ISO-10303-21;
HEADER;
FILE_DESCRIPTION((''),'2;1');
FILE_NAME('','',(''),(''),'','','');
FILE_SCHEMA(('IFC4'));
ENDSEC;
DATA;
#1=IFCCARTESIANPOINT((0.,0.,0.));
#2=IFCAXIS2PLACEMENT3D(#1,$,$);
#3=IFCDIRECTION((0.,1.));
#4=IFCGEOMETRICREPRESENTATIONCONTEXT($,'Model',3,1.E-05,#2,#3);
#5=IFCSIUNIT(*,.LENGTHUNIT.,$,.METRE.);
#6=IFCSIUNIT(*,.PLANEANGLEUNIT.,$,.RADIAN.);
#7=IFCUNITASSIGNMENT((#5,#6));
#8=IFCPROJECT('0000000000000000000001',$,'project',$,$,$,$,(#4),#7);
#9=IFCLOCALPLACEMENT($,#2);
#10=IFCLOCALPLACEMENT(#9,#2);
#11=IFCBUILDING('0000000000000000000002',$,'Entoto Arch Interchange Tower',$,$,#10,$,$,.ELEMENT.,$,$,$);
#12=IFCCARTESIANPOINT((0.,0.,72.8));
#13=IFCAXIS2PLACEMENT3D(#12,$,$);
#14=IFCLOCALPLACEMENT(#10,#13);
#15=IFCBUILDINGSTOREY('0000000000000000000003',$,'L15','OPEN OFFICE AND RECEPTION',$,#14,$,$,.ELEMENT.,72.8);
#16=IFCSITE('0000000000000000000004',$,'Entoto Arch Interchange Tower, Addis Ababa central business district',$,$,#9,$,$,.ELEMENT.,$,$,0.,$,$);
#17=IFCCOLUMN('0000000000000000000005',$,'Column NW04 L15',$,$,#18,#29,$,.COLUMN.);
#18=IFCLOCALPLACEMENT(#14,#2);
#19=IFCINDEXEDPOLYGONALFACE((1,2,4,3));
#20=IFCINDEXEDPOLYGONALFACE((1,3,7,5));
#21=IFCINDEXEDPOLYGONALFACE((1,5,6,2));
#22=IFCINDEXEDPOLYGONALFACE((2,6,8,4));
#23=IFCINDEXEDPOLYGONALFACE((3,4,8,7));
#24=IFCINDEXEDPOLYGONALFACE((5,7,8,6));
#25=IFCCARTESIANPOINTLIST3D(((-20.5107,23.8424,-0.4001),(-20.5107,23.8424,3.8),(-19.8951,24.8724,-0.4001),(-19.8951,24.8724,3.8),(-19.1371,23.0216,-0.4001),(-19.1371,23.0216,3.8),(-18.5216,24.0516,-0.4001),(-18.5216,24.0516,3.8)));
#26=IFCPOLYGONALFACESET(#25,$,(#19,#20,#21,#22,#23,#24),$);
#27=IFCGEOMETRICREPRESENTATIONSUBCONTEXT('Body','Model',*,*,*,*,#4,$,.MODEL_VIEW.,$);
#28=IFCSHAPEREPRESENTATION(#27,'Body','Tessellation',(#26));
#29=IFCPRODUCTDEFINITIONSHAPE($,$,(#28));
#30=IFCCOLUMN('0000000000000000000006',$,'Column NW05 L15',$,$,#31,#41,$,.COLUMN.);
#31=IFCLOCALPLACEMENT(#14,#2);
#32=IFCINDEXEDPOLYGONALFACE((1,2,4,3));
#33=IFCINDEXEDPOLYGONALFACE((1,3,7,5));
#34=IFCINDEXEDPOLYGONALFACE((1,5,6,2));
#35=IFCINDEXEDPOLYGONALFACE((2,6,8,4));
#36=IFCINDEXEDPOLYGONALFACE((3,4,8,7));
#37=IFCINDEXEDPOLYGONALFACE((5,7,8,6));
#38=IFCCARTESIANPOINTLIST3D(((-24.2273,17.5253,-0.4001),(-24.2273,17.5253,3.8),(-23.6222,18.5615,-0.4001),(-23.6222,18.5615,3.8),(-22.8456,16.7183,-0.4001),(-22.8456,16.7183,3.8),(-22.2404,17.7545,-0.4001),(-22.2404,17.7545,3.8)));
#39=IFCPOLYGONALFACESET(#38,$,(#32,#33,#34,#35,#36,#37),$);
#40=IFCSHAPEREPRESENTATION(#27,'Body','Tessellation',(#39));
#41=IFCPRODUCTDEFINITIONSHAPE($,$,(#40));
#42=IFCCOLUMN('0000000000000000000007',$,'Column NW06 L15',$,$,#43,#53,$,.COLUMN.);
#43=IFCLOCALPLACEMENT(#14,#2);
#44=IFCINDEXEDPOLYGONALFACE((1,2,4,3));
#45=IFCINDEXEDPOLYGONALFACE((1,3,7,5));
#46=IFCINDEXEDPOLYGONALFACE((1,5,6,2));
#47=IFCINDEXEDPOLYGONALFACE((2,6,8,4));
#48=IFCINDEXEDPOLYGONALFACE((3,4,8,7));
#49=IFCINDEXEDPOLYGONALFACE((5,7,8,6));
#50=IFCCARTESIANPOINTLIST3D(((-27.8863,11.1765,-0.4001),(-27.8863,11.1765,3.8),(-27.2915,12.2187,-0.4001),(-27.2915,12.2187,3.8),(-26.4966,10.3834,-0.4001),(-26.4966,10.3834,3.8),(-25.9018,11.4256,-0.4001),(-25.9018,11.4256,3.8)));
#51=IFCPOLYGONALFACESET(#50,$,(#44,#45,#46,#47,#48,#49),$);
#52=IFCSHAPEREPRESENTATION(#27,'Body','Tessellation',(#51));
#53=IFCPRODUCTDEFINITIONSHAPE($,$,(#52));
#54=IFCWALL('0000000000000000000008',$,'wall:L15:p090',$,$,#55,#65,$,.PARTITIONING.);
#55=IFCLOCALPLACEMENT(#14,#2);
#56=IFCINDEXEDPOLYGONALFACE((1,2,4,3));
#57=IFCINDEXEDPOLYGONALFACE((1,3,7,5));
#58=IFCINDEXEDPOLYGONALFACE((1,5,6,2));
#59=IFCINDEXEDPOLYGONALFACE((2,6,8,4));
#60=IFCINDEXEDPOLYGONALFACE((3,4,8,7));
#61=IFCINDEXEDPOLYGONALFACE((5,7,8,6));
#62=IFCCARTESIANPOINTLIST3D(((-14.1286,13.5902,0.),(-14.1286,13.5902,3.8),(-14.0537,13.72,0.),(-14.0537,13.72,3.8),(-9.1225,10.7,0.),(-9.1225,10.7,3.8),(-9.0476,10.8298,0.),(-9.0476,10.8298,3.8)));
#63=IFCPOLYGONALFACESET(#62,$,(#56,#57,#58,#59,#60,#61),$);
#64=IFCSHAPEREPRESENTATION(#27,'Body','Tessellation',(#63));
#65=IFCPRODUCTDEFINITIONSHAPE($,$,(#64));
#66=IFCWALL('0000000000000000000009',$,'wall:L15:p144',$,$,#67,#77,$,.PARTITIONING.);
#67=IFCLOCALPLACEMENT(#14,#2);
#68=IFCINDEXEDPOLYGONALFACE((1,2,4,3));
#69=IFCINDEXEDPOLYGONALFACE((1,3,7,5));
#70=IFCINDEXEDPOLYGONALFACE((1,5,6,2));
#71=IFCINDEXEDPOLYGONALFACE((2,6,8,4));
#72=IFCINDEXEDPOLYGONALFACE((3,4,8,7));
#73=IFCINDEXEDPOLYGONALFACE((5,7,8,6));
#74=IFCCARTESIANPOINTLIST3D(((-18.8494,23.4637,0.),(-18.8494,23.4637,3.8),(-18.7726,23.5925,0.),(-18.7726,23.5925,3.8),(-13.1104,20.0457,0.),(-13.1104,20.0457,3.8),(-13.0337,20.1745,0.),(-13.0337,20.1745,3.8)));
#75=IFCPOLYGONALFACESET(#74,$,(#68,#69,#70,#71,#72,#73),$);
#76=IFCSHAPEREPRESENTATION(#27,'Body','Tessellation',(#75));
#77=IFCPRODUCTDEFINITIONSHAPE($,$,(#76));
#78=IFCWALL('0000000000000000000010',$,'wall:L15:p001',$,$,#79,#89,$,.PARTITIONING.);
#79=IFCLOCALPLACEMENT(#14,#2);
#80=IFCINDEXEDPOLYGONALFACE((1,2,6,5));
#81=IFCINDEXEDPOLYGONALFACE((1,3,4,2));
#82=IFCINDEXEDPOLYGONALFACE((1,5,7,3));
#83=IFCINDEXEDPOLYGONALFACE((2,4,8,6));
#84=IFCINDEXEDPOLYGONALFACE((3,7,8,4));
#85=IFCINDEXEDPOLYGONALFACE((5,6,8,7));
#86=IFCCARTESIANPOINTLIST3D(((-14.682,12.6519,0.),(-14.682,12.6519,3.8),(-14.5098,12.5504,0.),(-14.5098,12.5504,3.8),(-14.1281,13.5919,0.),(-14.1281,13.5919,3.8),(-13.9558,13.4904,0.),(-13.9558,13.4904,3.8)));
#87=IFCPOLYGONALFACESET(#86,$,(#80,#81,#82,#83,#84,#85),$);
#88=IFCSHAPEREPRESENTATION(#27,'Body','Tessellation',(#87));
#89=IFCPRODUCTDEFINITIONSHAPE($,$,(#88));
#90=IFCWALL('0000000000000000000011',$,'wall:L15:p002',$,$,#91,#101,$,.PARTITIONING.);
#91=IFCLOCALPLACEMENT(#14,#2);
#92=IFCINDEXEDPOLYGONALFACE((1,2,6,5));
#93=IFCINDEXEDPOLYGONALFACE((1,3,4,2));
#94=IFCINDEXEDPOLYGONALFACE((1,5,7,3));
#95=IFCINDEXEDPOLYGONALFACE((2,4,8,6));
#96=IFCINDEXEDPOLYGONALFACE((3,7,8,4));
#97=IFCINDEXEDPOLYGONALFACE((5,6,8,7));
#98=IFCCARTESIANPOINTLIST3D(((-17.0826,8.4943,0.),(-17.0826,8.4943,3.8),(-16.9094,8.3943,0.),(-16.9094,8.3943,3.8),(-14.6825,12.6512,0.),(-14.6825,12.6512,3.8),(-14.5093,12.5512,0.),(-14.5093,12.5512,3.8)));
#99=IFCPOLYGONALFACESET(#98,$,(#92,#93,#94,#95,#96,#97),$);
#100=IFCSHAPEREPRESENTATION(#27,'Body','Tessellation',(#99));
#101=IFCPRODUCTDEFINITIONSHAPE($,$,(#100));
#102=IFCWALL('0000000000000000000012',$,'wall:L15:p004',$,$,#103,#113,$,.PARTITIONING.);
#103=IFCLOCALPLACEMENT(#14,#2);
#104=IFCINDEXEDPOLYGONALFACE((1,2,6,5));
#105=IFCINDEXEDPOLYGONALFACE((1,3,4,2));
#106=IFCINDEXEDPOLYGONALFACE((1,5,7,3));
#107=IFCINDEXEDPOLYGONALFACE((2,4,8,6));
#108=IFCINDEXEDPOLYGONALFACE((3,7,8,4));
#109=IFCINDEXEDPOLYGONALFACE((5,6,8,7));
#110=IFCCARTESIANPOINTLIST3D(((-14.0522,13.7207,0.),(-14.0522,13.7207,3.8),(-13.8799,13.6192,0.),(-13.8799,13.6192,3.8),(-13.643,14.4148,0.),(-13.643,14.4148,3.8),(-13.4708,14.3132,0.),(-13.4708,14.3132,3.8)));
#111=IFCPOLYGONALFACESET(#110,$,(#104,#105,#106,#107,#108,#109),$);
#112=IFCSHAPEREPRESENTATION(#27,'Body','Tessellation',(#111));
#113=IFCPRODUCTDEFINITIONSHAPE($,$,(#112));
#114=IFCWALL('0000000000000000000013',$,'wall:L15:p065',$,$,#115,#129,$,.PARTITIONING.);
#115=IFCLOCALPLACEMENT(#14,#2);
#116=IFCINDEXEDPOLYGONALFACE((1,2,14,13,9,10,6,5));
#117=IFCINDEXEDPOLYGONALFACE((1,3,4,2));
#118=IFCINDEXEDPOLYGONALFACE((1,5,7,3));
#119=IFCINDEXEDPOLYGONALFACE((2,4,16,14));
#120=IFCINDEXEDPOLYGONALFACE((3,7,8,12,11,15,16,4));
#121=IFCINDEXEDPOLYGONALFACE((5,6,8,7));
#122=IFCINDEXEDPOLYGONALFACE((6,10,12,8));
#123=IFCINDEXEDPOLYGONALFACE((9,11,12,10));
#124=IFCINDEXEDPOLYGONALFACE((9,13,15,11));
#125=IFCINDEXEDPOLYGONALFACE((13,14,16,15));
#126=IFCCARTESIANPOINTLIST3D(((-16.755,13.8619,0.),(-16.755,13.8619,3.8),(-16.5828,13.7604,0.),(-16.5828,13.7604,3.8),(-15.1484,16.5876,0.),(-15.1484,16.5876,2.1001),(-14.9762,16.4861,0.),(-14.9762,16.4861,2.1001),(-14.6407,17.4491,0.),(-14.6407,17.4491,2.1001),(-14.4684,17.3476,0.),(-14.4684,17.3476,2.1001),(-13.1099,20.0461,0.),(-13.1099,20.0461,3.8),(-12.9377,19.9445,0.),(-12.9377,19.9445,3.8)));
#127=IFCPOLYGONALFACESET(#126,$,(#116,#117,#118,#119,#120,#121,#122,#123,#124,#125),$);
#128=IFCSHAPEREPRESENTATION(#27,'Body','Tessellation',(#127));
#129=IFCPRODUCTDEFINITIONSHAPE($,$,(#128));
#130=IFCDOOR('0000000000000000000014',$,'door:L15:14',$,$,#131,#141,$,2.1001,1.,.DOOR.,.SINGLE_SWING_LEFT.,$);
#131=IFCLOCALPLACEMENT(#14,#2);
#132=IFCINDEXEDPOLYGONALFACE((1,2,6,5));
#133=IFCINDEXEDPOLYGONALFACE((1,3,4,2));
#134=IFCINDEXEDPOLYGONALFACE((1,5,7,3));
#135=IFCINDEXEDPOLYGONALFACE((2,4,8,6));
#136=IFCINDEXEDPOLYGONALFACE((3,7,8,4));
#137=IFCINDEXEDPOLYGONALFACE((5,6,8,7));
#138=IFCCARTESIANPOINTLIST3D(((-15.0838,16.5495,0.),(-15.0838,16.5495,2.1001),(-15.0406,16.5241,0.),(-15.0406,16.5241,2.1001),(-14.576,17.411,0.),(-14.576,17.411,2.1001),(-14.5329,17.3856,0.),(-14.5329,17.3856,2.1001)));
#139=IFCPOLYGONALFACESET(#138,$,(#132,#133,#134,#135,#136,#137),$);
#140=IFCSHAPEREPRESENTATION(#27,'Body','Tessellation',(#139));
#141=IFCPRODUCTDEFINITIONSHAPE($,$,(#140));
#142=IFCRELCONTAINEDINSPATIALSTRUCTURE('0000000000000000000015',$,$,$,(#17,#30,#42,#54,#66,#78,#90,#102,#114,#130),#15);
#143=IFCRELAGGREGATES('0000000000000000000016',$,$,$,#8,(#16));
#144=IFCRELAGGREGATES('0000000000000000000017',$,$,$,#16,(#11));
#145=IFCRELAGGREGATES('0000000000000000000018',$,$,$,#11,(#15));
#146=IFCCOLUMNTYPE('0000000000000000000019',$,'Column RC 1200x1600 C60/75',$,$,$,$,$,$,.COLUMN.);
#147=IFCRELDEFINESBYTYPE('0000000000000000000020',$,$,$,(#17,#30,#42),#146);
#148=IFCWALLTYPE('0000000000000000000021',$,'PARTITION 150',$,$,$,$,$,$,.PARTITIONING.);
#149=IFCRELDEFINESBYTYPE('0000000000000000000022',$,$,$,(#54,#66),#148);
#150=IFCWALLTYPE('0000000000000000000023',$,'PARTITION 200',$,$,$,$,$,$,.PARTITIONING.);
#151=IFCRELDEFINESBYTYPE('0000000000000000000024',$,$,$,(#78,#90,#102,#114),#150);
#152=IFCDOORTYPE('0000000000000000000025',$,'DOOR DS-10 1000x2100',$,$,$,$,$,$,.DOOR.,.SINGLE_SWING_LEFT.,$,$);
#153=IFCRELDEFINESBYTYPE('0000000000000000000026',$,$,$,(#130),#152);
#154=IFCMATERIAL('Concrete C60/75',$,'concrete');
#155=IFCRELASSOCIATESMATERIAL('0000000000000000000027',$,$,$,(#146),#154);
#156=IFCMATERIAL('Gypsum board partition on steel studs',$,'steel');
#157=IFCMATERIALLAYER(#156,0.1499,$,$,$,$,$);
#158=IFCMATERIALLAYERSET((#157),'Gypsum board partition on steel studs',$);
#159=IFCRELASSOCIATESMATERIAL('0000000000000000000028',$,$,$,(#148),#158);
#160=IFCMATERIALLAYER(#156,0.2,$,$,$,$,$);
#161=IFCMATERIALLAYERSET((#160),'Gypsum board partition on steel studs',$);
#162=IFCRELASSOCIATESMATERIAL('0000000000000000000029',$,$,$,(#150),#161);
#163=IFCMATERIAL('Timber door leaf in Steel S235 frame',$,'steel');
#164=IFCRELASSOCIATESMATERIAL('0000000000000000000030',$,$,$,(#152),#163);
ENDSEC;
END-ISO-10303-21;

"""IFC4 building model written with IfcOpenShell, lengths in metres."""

from ifc_helpers import new_model, si_unit, direction, frame, frame_2d, origin, origin_2d, place, context, subcontext, project, spatial, rectangle, extrude, material, layer, layer_set, material_profile, profile_set, type_object, element, fill, save


model = new_model("IFC4")

# Units and contexts
model_context = context("Model", 3, precision=1e-05, world=origin(), true_north=direction((0.0, 1.0)))
body_context = subcontext(model_context, "Body", "Model", "MODEL_VIEW")
ifc_project = project(units=[si_unit("LENGTHUNIT", "METRE"), si_unit("PLANEANGLEUNIT", "RADIAN")], contexts=[model_context])

# Site, building, storey
site_placement = place(None, origin())
site = spatial("IfcSite", under=ifc_project, at=site_placement, Name="Entoto Arch Interchange Tower, Addis Ababa central business district", CompositionType="ELEMENT", RefElevation=0.0)
building_placement = place(site_placement, origin())
building = spatial("IfcBuilding", under=site, at=building_placement, Name="Entoto Arch Interchange Tower", CompositionType="ELEMENT")
storey_placement = place(building_placement, frame((0.0, 0.0, 72.8)))
storey = spatial("IfcBuildingStorey", under=building, at=storey_placement, Name="L15", Description="OPEN OFFICE AND RECEPTION", CompositionType="ELEMENT", Elevation=72.8)

# Columns
ifc_material_1 = material(Name="Concrete C60/75", Category="concrete")
ifc_material_profile = material_profile(ifc_material_1, rectangle(XDim=1.2, YDim=1.6001, at=origin_2d()))
ifc_profile_set = profile_set([ifc_material_profile], Name="Concrete C60/75")
column_type = type_object("IfcColumnType", Name="Column RC 1200x1600 C60/75", PredefinedType="COLUMN", material=ifc_profile_set)
for number, where, z_axis, x_axis, name in (
    (1, (-19.5161, 23.947, -0.4001), (0.0, 0.0, 1.0), (0.512972, 0.858405, 0.0), "Column NW04 L15"),
    (2, (-23.2339, 17.6399, -0.4001), (0.0, 0.0, 1.0), (0.504332, 0.86351, 0.0), "Column NW05 L15"),
    (3, (-26.894, 11.301, -0.4001), (0.0, 0.0, 1.0), (0.495656, 0.868519, 0.0), "Column NW06 L15"),
):
    element("IfcColumn", number, at=place(storey_placement, frame(where, z_axis=z_axis, x_axis=x_axis)), inside=storey, type_object=column_type, Name=name, PredefinedType="COLUMN", context=body_context, shape_type="SweptSolid", body=[
        extrude(rectangle(XDim=1.2, YDim=1.6001, at=origin_2d()), origin(), (0.0, 0.0, 1.0), 4.2002),
    ])

# Walls
ifc_material_2 = material(Name="Gypsum board partition on steel studs", Category="steel")
ifc_layer_1 = layer(ifc_material_2, 0.1499)
ifc_layer_set_1 = layer_set([ifc_layer_1], Name="Gypsum board partition on steel studs")
wall_type_1 = type_object("IfcWallType", Name="PARTITION 150", PredefinedType="PARTITIONING", material=ifc_layer_set_1)
wall_1_placement = place(storey_placement, frame((-14.0911, 13.655, 0.0), z_axis=(0.0, 0.0, 1.0), x_axis=(0.866036, -0.499982, 0.0)))
element("IfcWall", 4, at=wall_1_placement, inside=storey, type_object=wall_type_1, Name="wall:L15:p090", PredefinedType="PARTITIONING", context=body_context, shape_type="SweptSolid", body=[
    extrude(rectangle(XDim=5.7805, YDim=0.1499, at=frame_2d((2.8901, 0.0))), origin(), (0.0, 0.0, 1.0), 3.8),
])
wall_2_placement = place(storey_placement, frame((-13.072, 20.1101, 0.0), z_axis=(0.0, 0.0, 1.0), x_axis=(-0.859169, 0.511693, 0.0)))
element("IfcWall", 5, at=wall_2_placement, inside=storey, type_object=wall_type_1, Name="wall:L15:p144", PredefinedType="PARTITIONING", context=body_context, shape_type="SweptSolid", body=[
    extrude(rectangle(XDim=6.6797, YDim=0.1499, at=frame_2d((3.3398, 0.0))), origin(), (0.0, 0.0, 1.0), 3.8),
])
ifc_layer_2 = layer(ifc_material_2, 0.2)
ifc_layer_set_2 = layer_set([ifc_layer_2], Name="Gypsum board partition on steel studs")
wall_type_2 = type_object("IfcWallType", Name="PARTITION 200", PredefinedType="PARTITIONING", material=ifc_layer_set_2)
wall_3_placement = place(storey_placement, frame((-14.042, 13.541, 0.0), z_axis=(0.0, 0.0, 1.0), x_axis=(-0.507734, -0.861514, 0.0)))
element("IfcWall", 6, at=wall_3_placement, inside=storey, type_object=wall_type_2, Name="wall:L15:p001", PredefinedType="PARTITIONING", context=body_context, shape_type="SweptSolid", body=[
    extrude(rectangle(XDim=1.0911, YDim=0.2, at=frame_2d((0.5454, 0.0))), origin(), (0.0, 0.0, 1.0), 3.8),
])
wall_4_placement = place(storey_placement, frame((-14.5959, 12.6011, 0.0), z_axis=(0.0, 0.0, 1.0), x_axis=(-0.500017, -0.866015, 0.0)))
element("IfcWall", 7, at=wall_4_placement, inside=storey, type_object=wall_type_2, Name="wall:L15:p002", PredefinedType="PARTITIONING", context=body_context, shape_type="SweptSolid", body=[
    extrude(rectangle(XDim=4.8, YDim=0.2, at=frame_2d((2.3999, 0.0))), origin(), (0.0, 0.0, 1.0), 3.8),
])
wall_5_placement = place(storey_placement, frame((-13.5569, 14.364, 0.0), z_axis=(0.0, 0.0, 1.0), x_axis=(-0.507841, -0.861451, 0.0)))
element("IfcWall", 8, at=wall_5_placement, inside=storey, type_object=wall_type_2, Name="wall:L15:p004", PredefinedType="PARTITIONING", context=body_context, shape_type="SweptSolid", body=[
    extrude(rectangle(XDim=0.8057, YDim=0.2, at=frame_2d((0.4028, 0.0))), origin(), (0.0, 0.0, 1.0), 3.8),
])

# Wall, opening, door
wall_6_placement = place(storey_placement, frame((-16.6689, 13.811, 0.0), z_axis=(0.0, 0.0, 1.0), x_axis=(0.507778, 0.861488, 0.0)))
wall_6 = element("IfcWall", 9, at=wall_6_placement, inside=storey, type_object=wall_type_2, Name="wall:L15:p065", PredefinedType="PARTITIONING", context=body_context, shape_type="SweptSolid", body=[
    extrude(rectangle(XDim=7.1785, YDim=0.2, at=frame_2d((3.5894, 0.0))), origin(), (0.0, 0.0, 1.0), 3.8),
])
opening_1_placement = place(wall_6_placement, frame((3.1641, 0.0, 0.0)))
opening_1 = element("IfcOpeningElement", 10, at=opening_1_placement, cuts=wall_6, PredefinedType="OPENING", context=body_context, shape_type="SweptSolid", body=[
    extrude(rectangle(XDim=1.0, YDim=2.1001, at=frame_2d((0.5, 1.05))), frame((0.0, 0.1099, 0.0), z_axis=(0.0, -1.0, 0.0), x_axis=(1.0, 0.0, 0.0)), (0.0, 0.0, 1.0), 0.22),
])
ifc_material_3 = material(Name="Timber door leaf in Steel S235 frame", Category="steel")
door_type = type_object("IfcDoorType", Name="DOOR DS-10 1000x2100", OperationType="SINGLE_SWING_LEFT", PredefinedType="DOOR", material=ifc_material_3)
door_placement = place(opening_1_placement, origin())
door = element("IfcDoor", 11, at=door_placement, inside=storey, type_object=door_type, Name="door:L15:14", OperationType="SINGLE_SWING_LEFT", OverallHeight=2.1001, OverallWidth=1.0, PredefinedType="DOOR", context=body_context, shape_type="SweptSolid", body=[
    extrude(rectangle(XDim=1.0, YDim=2.1001, at=frame_2d((0.5, 1.05))), frame((0.0, 0.0249, 0.0), z_axis=(0.0, -1.0, 0.0), x_axis=(1.0, 0.0, 0.0)), (0.0, 0.0, 1.0), 0.05),
])
fill(opening_1, door)

save(model, "model.ifc")
